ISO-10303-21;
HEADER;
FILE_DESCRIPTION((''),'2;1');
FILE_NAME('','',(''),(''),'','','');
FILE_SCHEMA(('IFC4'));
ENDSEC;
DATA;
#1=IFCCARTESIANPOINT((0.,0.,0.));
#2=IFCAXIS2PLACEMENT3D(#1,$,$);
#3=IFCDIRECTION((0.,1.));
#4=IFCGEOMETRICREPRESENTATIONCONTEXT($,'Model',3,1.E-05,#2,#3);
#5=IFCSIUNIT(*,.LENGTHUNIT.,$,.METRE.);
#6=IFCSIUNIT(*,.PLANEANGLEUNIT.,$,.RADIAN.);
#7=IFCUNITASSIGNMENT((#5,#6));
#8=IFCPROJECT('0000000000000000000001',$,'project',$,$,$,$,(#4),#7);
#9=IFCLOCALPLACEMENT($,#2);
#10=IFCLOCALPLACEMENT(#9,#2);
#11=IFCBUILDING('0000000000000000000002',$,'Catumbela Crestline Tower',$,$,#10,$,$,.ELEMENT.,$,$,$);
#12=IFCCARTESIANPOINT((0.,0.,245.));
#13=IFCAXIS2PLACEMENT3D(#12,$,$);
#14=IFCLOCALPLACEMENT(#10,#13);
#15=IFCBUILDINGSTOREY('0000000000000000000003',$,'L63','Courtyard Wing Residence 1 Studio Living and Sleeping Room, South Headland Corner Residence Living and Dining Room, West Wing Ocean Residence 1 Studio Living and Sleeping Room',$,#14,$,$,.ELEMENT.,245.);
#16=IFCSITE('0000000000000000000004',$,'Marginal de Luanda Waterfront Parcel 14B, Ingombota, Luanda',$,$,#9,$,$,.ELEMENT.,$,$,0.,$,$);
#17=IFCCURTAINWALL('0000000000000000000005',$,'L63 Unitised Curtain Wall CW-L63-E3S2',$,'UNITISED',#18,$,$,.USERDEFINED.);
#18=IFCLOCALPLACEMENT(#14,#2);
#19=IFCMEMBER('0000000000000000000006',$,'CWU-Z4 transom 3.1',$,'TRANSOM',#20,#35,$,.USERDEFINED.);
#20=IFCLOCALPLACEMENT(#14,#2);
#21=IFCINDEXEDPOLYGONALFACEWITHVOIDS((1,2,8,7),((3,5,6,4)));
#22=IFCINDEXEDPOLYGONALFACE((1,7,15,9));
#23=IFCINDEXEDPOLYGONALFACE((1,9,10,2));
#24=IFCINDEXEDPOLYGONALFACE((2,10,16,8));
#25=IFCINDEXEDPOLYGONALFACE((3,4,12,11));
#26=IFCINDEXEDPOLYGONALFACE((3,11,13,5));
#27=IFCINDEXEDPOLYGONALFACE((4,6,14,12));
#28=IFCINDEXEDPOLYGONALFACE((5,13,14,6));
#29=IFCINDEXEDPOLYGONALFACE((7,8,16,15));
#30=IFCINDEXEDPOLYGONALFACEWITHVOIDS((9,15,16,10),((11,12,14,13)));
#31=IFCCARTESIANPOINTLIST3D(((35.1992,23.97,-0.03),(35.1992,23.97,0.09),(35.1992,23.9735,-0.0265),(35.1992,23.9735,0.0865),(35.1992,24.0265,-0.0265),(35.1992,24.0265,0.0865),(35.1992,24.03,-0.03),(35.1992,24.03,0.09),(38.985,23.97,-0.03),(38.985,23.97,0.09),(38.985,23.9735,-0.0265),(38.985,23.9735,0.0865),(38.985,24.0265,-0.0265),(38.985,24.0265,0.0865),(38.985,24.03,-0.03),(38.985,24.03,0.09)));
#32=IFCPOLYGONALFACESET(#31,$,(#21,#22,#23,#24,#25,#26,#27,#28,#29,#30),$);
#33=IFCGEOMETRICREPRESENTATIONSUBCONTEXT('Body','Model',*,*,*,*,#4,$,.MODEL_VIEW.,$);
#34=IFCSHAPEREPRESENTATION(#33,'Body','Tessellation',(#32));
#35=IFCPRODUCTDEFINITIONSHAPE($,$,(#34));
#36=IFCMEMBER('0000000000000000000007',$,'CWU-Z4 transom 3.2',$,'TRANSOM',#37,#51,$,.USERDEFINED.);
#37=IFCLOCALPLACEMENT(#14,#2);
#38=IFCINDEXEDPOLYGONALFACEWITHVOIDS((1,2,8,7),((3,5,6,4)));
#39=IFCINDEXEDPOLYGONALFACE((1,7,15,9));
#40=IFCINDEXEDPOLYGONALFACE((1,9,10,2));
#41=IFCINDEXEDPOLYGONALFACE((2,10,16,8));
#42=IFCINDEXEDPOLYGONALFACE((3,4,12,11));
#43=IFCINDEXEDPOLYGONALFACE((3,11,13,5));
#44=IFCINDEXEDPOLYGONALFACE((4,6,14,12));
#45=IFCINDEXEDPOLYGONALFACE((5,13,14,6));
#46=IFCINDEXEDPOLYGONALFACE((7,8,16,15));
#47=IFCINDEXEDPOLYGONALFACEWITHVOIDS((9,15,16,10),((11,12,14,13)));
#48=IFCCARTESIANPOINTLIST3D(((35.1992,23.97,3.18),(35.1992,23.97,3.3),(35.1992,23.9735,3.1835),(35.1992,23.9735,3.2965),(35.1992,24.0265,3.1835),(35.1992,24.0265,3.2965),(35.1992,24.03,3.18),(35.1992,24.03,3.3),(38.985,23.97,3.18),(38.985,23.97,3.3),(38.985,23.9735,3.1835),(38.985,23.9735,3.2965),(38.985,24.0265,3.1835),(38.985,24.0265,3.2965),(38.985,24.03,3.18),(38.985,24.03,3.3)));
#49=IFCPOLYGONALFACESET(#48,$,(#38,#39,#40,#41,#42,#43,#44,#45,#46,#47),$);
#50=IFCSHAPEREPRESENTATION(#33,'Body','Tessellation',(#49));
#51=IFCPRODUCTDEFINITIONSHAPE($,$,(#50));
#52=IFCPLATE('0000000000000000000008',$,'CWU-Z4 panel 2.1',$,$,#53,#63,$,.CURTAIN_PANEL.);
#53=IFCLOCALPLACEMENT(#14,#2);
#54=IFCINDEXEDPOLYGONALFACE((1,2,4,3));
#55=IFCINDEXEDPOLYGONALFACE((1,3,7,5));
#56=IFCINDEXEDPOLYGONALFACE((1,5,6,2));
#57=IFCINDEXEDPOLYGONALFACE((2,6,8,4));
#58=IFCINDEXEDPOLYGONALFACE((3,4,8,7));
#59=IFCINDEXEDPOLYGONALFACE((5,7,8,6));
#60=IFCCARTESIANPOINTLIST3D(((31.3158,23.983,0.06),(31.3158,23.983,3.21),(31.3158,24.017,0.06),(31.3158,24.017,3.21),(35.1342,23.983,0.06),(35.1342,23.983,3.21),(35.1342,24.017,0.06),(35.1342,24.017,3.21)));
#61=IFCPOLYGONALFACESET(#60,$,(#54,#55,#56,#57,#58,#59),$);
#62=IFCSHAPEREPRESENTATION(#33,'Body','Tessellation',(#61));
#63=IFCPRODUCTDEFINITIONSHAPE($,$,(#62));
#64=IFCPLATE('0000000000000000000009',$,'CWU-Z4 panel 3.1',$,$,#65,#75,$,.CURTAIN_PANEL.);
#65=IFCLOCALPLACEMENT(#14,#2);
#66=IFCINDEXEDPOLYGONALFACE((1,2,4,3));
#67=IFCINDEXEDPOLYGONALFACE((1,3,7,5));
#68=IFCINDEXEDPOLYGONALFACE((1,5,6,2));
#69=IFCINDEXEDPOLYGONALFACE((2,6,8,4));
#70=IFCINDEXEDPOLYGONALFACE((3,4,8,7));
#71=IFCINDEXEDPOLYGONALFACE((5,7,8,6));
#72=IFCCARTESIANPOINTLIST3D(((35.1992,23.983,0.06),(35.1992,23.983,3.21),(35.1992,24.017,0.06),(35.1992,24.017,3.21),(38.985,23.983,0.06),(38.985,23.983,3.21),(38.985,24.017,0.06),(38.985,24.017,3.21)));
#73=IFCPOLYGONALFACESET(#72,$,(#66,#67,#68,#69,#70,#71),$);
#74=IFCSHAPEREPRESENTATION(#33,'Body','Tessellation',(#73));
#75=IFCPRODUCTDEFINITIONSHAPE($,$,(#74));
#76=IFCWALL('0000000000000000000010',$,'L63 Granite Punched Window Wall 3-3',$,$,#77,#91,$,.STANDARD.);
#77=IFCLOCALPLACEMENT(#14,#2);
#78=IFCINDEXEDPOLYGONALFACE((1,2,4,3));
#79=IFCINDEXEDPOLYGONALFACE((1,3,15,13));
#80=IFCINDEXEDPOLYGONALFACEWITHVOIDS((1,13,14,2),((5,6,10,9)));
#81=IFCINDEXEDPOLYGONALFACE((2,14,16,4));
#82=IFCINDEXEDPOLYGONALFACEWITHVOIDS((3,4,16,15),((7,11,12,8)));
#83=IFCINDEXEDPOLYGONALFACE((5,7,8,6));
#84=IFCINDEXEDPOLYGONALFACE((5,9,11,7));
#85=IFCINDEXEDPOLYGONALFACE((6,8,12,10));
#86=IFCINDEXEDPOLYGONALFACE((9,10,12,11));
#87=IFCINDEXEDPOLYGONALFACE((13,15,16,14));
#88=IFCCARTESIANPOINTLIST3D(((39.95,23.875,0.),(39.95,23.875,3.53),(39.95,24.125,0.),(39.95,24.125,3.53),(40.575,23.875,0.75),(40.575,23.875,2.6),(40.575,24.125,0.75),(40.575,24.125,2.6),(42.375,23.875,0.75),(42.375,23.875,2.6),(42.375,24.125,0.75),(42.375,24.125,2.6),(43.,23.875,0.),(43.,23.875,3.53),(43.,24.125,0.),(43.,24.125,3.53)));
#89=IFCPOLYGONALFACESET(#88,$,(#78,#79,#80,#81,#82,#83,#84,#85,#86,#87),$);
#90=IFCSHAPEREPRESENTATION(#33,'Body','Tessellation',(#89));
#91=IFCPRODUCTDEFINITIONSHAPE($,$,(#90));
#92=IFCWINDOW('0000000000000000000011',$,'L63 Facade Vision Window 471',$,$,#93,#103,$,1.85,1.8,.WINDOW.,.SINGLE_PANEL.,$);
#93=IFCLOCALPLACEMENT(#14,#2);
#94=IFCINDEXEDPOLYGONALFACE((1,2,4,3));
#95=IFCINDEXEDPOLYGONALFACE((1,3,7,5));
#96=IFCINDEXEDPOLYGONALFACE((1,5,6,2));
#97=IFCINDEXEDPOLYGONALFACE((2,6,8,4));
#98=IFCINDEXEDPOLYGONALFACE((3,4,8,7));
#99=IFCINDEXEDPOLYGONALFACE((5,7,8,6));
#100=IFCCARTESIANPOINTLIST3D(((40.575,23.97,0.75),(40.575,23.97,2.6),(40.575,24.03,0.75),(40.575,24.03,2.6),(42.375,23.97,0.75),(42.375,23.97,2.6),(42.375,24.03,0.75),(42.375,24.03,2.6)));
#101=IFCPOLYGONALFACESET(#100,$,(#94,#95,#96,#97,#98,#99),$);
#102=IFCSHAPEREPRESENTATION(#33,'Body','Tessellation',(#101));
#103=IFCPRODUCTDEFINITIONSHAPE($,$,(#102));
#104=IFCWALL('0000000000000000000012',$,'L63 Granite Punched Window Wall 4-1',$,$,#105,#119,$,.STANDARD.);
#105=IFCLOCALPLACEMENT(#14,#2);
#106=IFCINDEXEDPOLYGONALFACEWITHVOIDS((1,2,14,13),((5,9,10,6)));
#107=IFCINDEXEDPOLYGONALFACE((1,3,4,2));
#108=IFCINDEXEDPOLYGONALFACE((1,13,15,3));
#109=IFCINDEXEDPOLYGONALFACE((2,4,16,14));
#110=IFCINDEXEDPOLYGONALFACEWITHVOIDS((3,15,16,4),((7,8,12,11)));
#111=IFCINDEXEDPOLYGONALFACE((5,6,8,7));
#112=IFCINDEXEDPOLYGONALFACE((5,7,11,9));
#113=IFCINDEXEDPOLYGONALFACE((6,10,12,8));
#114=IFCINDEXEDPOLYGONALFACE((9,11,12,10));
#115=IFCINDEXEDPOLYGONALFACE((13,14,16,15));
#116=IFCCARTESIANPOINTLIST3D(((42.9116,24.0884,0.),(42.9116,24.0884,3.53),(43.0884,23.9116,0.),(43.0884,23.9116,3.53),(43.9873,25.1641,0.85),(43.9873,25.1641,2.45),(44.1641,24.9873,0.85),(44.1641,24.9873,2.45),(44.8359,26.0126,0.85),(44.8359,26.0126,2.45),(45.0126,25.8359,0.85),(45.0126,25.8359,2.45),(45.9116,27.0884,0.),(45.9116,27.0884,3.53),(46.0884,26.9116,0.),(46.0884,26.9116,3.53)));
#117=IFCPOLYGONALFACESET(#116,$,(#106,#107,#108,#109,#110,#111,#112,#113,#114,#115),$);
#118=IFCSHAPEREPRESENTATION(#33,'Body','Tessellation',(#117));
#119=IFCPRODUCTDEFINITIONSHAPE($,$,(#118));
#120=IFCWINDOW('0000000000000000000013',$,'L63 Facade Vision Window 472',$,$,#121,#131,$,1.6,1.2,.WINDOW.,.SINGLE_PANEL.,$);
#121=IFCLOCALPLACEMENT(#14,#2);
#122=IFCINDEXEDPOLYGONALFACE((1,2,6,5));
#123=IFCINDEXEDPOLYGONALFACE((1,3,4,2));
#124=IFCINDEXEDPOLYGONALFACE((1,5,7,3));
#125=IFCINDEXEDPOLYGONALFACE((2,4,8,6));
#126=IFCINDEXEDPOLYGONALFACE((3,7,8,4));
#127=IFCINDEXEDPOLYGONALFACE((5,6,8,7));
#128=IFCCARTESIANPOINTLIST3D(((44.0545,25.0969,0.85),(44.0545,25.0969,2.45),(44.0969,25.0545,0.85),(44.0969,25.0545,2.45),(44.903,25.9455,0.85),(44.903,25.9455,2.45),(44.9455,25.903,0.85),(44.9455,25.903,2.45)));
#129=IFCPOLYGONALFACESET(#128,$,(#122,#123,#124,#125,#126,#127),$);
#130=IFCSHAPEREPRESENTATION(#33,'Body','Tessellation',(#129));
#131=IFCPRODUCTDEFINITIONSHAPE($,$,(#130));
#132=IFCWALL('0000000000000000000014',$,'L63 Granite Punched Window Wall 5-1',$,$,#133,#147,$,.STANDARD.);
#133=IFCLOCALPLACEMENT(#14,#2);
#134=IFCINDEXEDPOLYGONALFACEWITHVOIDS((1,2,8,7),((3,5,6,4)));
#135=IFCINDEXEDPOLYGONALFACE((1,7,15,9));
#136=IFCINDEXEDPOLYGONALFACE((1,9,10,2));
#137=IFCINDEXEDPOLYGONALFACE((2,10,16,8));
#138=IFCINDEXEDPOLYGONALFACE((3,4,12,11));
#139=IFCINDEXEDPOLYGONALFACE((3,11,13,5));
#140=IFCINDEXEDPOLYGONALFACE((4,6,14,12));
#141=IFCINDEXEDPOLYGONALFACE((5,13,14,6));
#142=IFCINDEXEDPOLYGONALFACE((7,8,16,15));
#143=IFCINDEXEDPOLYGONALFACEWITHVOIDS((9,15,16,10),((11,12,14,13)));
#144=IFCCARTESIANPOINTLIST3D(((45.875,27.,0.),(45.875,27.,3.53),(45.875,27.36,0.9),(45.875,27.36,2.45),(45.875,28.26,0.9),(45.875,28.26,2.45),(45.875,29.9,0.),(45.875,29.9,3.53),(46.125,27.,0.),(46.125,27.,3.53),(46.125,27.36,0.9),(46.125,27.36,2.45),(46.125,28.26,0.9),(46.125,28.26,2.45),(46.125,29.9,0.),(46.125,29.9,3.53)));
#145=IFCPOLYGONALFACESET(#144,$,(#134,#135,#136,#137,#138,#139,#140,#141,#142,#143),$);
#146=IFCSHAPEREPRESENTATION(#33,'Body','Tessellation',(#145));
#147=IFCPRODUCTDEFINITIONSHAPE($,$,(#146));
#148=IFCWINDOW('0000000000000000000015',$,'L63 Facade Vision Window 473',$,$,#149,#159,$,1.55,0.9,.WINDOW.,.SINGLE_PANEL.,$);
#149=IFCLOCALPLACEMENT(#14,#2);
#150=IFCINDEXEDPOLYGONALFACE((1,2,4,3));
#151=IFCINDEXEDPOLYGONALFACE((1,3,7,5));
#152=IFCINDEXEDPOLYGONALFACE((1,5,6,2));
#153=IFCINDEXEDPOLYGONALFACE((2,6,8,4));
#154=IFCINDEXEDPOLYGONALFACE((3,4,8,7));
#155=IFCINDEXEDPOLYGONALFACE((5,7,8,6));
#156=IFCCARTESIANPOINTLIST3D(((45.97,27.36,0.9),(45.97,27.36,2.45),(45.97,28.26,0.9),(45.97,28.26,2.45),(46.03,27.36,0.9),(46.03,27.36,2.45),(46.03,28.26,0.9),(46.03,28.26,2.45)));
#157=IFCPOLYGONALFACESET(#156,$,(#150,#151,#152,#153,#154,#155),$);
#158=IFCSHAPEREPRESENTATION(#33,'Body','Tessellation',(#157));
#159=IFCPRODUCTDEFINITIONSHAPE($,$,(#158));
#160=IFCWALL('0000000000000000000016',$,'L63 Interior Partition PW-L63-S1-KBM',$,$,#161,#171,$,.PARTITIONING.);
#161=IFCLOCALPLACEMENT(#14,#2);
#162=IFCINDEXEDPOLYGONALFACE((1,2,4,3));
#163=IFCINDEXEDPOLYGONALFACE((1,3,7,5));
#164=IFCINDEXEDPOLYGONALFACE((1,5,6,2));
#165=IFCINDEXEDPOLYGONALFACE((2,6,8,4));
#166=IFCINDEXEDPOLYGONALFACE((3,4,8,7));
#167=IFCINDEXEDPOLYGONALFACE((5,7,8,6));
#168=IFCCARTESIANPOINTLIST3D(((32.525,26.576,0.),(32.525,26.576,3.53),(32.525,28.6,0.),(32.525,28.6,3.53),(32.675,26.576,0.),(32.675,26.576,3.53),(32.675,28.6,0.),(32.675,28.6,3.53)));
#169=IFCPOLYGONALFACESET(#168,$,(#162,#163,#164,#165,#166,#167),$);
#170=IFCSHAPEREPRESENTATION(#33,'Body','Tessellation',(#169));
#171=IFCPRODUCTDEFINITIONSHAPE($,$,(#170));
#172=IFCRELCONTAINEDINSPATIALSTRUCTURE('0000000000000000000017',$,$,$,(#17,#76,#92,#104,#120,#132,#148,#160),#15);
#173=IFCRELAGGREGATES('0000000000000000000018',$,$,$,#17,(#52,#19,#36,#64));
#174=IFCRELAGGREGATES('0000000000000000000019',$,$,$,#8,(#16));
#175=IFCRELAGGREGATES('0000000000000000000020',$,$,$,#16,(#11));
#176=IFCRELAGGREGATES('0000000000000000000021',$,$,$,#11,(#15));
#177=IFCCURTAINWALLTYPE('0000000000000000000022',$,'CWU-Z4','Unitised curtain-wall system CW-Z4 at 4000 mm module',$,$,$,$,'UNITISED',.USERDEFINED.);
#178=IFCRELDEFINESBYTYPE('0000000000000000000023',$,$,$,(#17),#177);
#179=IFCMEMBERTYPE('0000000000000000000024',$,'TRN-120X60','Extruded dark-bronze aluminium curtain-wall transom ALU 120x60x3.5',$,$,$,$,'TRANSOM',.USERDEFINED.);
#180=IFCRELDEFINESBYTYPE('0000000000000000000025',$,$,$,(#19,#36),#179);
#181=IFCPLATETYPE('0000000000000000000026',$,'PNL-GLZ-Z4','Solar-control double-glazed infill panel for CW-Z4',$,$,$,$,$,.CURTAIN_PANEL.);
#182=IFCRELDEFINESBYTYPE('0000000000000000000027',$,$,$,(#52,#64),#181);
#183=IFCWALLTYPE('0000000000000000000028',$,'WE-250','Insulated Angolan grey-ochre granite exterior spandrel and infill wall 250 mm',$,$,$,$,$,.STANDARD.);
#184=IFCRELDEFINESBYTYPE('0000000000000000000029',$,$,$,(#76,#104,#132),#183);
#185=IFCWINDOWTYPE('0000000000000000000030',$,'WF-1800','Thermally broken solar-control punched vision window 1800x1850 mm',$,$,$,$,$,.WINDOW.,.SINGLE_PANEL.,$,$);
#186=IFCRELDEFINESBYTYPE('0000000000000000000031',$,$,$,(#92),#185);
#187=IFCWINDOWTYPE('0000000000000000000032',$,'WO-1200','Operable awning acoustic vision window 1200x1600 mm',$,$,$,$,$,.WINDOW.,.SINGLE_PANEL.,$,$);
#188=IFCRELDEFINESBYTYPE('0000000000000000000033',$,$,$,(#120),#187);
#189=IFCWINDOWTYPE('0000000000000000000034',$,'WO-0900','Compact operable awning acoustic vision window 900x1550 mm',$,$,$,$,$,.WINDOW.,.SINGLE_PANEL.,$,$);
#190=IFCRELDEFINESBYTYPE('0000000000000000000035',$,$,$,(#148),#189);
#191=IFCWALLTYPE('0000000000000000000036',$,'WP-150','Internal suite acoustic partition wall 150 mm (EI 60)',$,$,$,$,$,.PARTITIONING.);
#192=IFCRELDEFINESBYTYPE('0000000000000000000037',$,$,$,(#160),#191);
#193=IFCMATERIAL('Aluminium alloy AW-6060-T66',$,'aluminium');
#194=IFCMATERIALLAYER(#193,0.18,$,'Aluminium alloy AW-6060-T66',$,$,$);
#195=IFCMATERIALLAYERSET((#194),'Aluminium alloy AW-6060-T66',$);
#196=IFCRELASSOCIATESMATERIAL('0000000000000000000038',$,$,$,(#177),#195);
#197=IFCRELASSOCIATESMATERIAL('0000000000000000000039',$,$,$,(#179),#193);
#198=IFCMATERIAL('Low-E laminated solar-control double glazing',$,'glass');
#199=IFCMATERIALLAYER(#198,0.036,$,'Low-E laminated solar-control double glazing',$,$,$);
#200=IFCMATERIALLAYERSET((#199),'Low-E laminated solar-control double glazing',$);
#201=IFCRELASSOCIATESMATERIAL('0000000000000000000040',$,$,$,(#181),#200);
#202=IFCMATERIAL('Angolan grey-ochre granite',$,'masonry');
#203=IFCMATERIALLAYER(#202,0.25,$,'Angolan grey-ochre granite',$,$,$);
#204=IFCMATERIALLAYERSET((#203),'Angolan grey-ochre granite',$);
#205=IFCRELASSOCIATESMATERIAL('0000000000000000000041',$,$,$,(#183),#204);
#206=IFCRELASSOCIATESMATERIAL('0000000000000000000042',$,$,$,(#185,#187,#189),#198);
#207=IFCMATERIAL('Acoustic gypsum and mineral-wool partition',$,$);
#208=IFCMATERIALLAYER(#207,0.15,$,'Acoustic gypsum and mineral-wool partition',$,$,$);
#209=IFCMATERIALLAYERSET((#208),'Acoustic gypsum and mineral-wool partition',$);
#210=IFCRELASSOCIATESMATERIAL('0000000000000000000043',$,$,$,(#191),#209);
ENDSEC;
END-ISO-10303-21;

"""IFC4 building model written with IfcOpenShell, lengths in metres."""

from ifc_helpers import new_model, si_unit, direction, frame, frame_2d, origin, origin_2d, place, context, subcontext, project, spatial, rectangle, hollow_rectangle, extrude, material, layer, layer_set, material_profile, profile_set, type_object, element, fill, aggregate, save


model = new_model("IFC4")

# Units and contexts
model_context = context("Model", 3, precision=1e-05, world=origin(), true_north=direction((0.0, 1.0)))
body_context = subcontext(model_context, "Body", "Model", "MODEL_VIEW")
ifc_project = project(units=[si_unit("LENGTHUNIT", "METRE"), si_unit("PLANEANGLEUNIT", "RADIAN")], contexts=[model_context])

# Site, building, storey
site_placement = place(None, origin())
site = spatial("IfcSite", under=ifc_project, at=site_placement, Name="Marginal de Luanda Waterfront Parcel 14B, Ingombota, Luanda", CompositionType="ELEMENT", RefElevation=0.0)
building_placement = place(site_placement, origin())
building = spatial("IfcBuilding", under=site, at=building_placement, Name="Catumbela Crestline Tower", CompositionType="ELEMENT")
storey_placement = place(building_placement, frame((0.0, 0.0, 245.0)))
storey = spatial("IfcBuildingStorey", under=building, at=storey_placement, Name="L63", Description="Courtyard Wing Residence 1 Studio Living and Sleeping Room, South Headland Corner Residence Living and Dining Room, West Wing Ocean Residence 1 Studio Living and Sleeping Room", CompositionType="ELEMENT", Elevation=245.0)

# Curtain wall, members, plates
ifc_material_1 = material(Name="Aluminium alloy AW-6060-T66", Category="aluminium")
ifc_layer_1 = layer(ifc_material_1, 0.18, Name="Aluminium alloy AW-6060-T66")
ifc_layer_set_1 = layer_set([ifc_layer_1], Name="Aluminium alloy AW-6060-T66")
curtain_wall_type = type_object("IfcCurtainWallType", Name="CWU-Z4", Description="Unitised curtain-wall system CW-Z4 at 4000 mm module", ElementType="UNITISED", PredefinedType="USERDEFINED", material=ifc_layer_set_1)
curtain_wall_placement = place(storey_placement, origin())
curtain_wall = element("IfcCurtainWall", 1, at=curtain_wall_placement, inside=storey, type_object=curtain_wall_type, Name="L63 Unitised Curtain Wall CW-L63-E3S2", ObjectType="UNITISED", PredefinedType="USERDEFINED")
ifc_material_profile_1 = material_profile(ifc_material_1, hollow_rectangle(XDim=0.06, YDim=0.12, WallThickness=0.0035, at=origin_2d()), Name="ALU 120x60x3.5")
ifc_profile_set_1 = profile_set([ifc_material_profile_1], Name="Aluminium alloy AW-6060-T66")
member_type_1 = type_object("IfcMemberType", Name="TRN-120X60", Description="Extruded dark-bronze aluminium curtain-wall transom ALU 120x60x3.5", ElementType="TRANSOM", PredefinedType="USERDEFINED", material=ifc_profile_set_1)
member_1_placement = place(storey_placement, frame((35.1992, 24.0, 0.03), z_axis=(1.0, 0.0, 0.0), x_axis=(0.0, 1.0, 0.0)))
member_1 = element("IfcMember", 2, at=member_1_placement, type_object=member_type_1, Name="CWU-Z4 transom 3.1", ObjectType="TRANSOM", PredefinedType="USERDEFINED", context=body_context, shape_type="SweptSolid", body=[
    extrude(hollow_rectangle(XDim=0.06, YDim=0.12, WallThickness=0.0035, at=origin_2d()), origin(), (0.0, 0.0, 1.0), 3.7858),
])
member_2_placement = place(storey_placement, frame((35.1992, 24.0, 3.24), z_axis=(1.0, 0.0, 0.0), x_axis=(0.0, 1.0, 0.0)))
member_2 = element("IfcMember", 3, at=member_2_placement, type_object=member_type_1, Name="CWU-Z4 transom 3.2", ObjectType="TRANSOM", PredefinedType="USERDEFINED", context=body_context, shape_type="SweptSolid", body=[
    extrude(hollow_rectangle(XDim=0.06, YDim=0.12, WallThickness=0.0035, at=origin_2d()), origin(), (0.0, 0.0, 1.0), 3.7858),
])
ifc_material_2 = material(Name="Low-E laminated solar-control double glazing", Category="glass")
ifc_layer_2 = layer(ifc_material_2, 0.036, Name="Low-E laminated solar-control double glazing")
ifc_layer_set_2 = layer_set([ifc_layer_2], Name="Low-E laminated solar-control double glazing")
plate_type = type_object("IfcPlateType", Name="PNL-GLZ-Z4", Description="Solar-control double-glazed infill panel for CW-Z4", PredefinedType="CURTAIN_PANEL", material=ifc_layer_set_2)
plate_1_placement = place(storey_placement, frame((33.225, 24.0, 0.06), z_axis=(0.0, 0.0, 1.0), x_axis=(1.0, 0.0, 0.0)))
plate_1 = element("IfcPlate", 4, at=plate_1_placement, type_object=plate_type, Name="CWU-Z4 panel 2.1", PredefinedType="CURTAIN_PANEL", context=body_context, shape_type="SweptSolid", body=[
    extrude(rectangle(XDim=3.8183, YDim=0.034, at=origin_2d()), origin(), (0.0, 0.0, 1.0), 3.15),
])
plate_2_placement = place(storey_placement, frame((37.0921, 24.0, 0.06), z_axis=(0.0, 0.0, 1.0), x_axis=(1.0, 0.0, 0.0)))
plate_2 = element("IfcPlate", 5, at=plate_2_placement, type_object=plate_type, Name="CWU-Z4 panel 3.1", PredefinedType="CURTAIN_PANEL", context=body_context, shape_type="SweptSolid", body=[
    extrude(rectangle(XDim=3.7858, YDim=0.034, at=origin_2d()), origin(), (0.0, 0.0, 1.0), 3.15),
])
aggregate(curtain_wall, [plate_1, member_1, member_2, plate_2])

# Walls, openings, windows
ifc_material_3 = material(Name="Angolan grey-ochre granite", Category="masonry")
ifc_layer_3 = layer(ifc_material_3, 0.25, Name="Angolan grey-ochre granite")
ifc_layer_set_3 = layer_set([ifc_layer_3], Name="Angolan grey-ochre granite")
wall_type_1 = type_object("IfcWallType", Name="WE-250", Description="Insulated Angolan grey-ochre granite exterior spandrel and infill wall 250 mm", PredefinedType="STANDARD", material=ifc_layer_set_3)
wall_1_placement = place(storey_placement, frame((39.95, 24.0, 0.0), z_axis=(0.0, 0.0, 1.0), x_axis=(1.0, 0.0, 0.0)))
wall_1 = element("IfcWall", 6, at=wall_1_placement, inside=storey, type_object=wall_type_1, Name="L63 Granite Punched Window Wall 3-3", PredefinedType="STANDARD", context=body_context, shape_type="SweptSolid", body=[
    extrude(rectangle(XDim=3.05, YDim=0.25, at=frame_2d((1.525, 0.0))), origin(), (0.0, 0.0, 1.0), 3.53),
])
opening_1_placement = place(wall_1_placement, frame((0.625, 0.0, 0.75)))
opening_1 = element("IfcOpeningElement", 7, at=opening_1_placement, cuts=wall_1, PredefinedType="OPENING", context=body_context, shape_type="SweptSolid", body=[
    extrude(rectangle(XDim=1.8, YDim=1.85, at=frame_2d((0.9, 0.925))), frame((0.0, 0.135, 0.0), z_axis=(0.0, -1.0, 0.0), x_axis=(1.0, 0.0, 0.0)), (0.0, 0.0, 1.0), 0.27),
])
window_type_1 = type_object("IfcWindowType", Name="WF-1800", Description="Thermally broken solar-control punched vision window 1800x1850 mm", PartitioningType="SINGLE_PANEL", PredefinedType="WINDOW", material=ifc_material_2)
window_1_placement = place(opening_1_placement, origin())
window_1 = element("IfcWindow", 8, at=window_1_placement, inside=storey, type_object=window_type_1, Name="L63 Facade Vision Window 471", OverallHeight=1.85, OverallWidth=1.8, PartitioningType="SINGLE_PANEL", PredefinedType="WINDOW", context=body_context, shape_type="SweptSolid", body=[
    extrude(rectangle(XDim=1.8, YDim=1.85, at=frame_2d((0.9, 0.925))), frame((0.0, 0.03, 0.0), z_axis=(0.0, -1.0, 0.0), x_axis=(1.0, 0.0, 0.0)), (0.0, 0.0, 1.0), 0.06),
])
fill(opening_1, window_1)
wall_2_placement = place(storey_placement, frame((43.0, 24.0, 0.0), z_axis=(0.0, 0.0, 1.0), x_axis=(0.707107, 0.707107, 0.0)))
wall_2 = element("IfcWall", 9, at=wall_2_placement, inside=storey, type_object=wall_type_1, Name="L63 Granite Punched Window Wall 4-1", PredefinedType="STANDARD", context=body_context, shape_type="SweptSolid", body=[
    extrude(rectangle(XDim=4.2426, YDim=0.25, at=frame_2d((2.1213, 0.0))), origin(), (0.0, 0.0, 1.0), 3.53),
])
opening_2_placement = place(wall_2_placement, frame((1.5213, 0.0, 0.85)))
opening_2 = element("IfcOpeningElement", 10, at=opening_2_placement, cuts=wall_2, PredefinedType="OPENING", context=body_context, shape_type="SweptSolid", body=[
    extrude(rectangle(XDim=1.2, YDim=1.6, at=frame_2d((0.6, 0.8))), frame((0.0, 0.135, 0.0), z_axis=(0.0, -1.0, 0.0), x_axis=(1.0, 0.0, 0.0)), (0.0, 0.0, 1.0), 0.27),
])
window_type_2 = type_object("IfcWindowType", Name="WO-1200", Description="Operable awning acoustic vision window 1200x1600 mm", PartitioningType="SINGLE_PANEL", PredefinedType="WINDOW", material=ifc_material_2)
window_2_placement = place(opening_2_placement, origin())
window_2 = element("IfcWindow", 11, at=window_2_placement, inside=storey, type_object=window_type_2, Name="L63 Facade Vision Window 472", OverallHeight=1.6, OverallWidth=1.2, PartitioningType="SINGLE_PANEL", PredefinedType="WINDOW", context=body_context, shape_type="SweptSolid", body=[
    extrude(rectangle(XDim=1.2, YDim=1.6, at=frame_2d((0.6, 0.8))), frame((0.0, 0.03, 0.0), z_axis=(0.0, -1.0, 0.0), x_axis=(1.0, 0.0, 0.0)), (0.0, 0.0, 1.0), 0.06),
])
fill(opening_2, window_2)
wall_3_placement = place(storey_placement, frame((46.0, 27.0, 0.0), z_axis=(0.0, 0.0, 1.0), x_axis=(0.0, 1.0, 0.0)))
wall_3 = element("IfcWall", 12, at=wall_3_placement, inside=storey, type_object=wall_type_1, Name="L63 Granite Punched Window Wall 5-1", PredefinedType="STANDARD", context=body_context, shape_type="SweptSolid", body=[
    extrude(rectangle(XDim=2.9, YDim=0.25, at=frame_2d((1.45, 0.0))), origin(), (0.0, 0.0, 1.0), 3.53),
])
opening_3_placement = place(wall_3_placement, frame((0.36, 0.0, 0.9)))
opening_3 = element("IfcOpeningElement", 13, at=opening_3_placement, cuts=wall_3, PredefinedType="OPENING", context=body_context, shape_type="SweptSolid", body=[
    extrude(rectangle(XDim=0.9, YDim=1.55, at=frame_2d((0.45, 0.775))), frame((0.0, 0.135, 0.0), z_axis=(0.0, -1.0, 0.0), x_axis=(1.0, 0.0, 0.0)), (0.0, 0.0, 1.0), 0.27),
])
window_type_3 = type_object("IfcWindowType", Name="WO-0900", Description="Compact operable awning acoustic vision window 900x1550 mm", PartitioningType="SINGLE_PANEL", PredefinedType="WINDOW", material=ifc_material_2)
window_3_placement = place(opening_3_placement, origin())
window_3 = element("IfcWindow", 14, at=window_3_placement, inside=storey, type_object=window_type_3, Name="L63 Facade Vision Window 473", OverallHeight=1.55, OverallWidth=0.9, PartitioningType="SINGLE_PANEL", PredefinedType="WINDOW", context=body_context, shape_type="SweptSolid", body=[
    extrude(rectangle(XDim=0.9, YDim=1.55, at=frame_2d((0.45, 0.775))), frame((0.0, 0.03, 0.0), z_axis=(0.0, -1.0, 0.0), x_axis=(1.0, 0.0, 0.0)), (0.0, 0.0, 1.0), 0.06),
])
fill(opening_3, window_3)

# Wall
ifc_material_4 = material(Name="Acoustic gypsum and mineral-wool partition")
ifc_layer_4 = layer(ifc_material_4, 0.15, Name="Acoustic gypsum and mineral-wool partition")
ifc_layer_set_4 = layer_set([ifc_layer_4], Name="Acoustic gypsum and mineral-wool partition")
wall_type_2 = type_object("IfcWallType", Name="WP-150", Description="Internal suite acoustic partition wall 150 mm (EI 60)", PredefinedType="PARTITIONING", material=ifc_layer_set_4)
wall_4_placement = place(storey_placement, frame((32.6, 26.576, 0.0), z_axis=(0.0, 0.0, 1.0), x_axis=(0.0, 1.0, 0.0)))
element("IfcWall", 15, at=wall_4_placement, inside=storey, type_object=wall_type_2, Name="L63 Interior Partition PW-L63-S1-KBM", PredefinedType="PARTITIONING", context=body_context, shape_type="SweptSolid", body=[
    extrude(rectangle(XDim=2.024, YDim=0.15, at=frame_2d((1.012, 0.0))), origin(), (0.0, 0.0, 1.0), 3.53),
])

save(model, "model.ifc")
